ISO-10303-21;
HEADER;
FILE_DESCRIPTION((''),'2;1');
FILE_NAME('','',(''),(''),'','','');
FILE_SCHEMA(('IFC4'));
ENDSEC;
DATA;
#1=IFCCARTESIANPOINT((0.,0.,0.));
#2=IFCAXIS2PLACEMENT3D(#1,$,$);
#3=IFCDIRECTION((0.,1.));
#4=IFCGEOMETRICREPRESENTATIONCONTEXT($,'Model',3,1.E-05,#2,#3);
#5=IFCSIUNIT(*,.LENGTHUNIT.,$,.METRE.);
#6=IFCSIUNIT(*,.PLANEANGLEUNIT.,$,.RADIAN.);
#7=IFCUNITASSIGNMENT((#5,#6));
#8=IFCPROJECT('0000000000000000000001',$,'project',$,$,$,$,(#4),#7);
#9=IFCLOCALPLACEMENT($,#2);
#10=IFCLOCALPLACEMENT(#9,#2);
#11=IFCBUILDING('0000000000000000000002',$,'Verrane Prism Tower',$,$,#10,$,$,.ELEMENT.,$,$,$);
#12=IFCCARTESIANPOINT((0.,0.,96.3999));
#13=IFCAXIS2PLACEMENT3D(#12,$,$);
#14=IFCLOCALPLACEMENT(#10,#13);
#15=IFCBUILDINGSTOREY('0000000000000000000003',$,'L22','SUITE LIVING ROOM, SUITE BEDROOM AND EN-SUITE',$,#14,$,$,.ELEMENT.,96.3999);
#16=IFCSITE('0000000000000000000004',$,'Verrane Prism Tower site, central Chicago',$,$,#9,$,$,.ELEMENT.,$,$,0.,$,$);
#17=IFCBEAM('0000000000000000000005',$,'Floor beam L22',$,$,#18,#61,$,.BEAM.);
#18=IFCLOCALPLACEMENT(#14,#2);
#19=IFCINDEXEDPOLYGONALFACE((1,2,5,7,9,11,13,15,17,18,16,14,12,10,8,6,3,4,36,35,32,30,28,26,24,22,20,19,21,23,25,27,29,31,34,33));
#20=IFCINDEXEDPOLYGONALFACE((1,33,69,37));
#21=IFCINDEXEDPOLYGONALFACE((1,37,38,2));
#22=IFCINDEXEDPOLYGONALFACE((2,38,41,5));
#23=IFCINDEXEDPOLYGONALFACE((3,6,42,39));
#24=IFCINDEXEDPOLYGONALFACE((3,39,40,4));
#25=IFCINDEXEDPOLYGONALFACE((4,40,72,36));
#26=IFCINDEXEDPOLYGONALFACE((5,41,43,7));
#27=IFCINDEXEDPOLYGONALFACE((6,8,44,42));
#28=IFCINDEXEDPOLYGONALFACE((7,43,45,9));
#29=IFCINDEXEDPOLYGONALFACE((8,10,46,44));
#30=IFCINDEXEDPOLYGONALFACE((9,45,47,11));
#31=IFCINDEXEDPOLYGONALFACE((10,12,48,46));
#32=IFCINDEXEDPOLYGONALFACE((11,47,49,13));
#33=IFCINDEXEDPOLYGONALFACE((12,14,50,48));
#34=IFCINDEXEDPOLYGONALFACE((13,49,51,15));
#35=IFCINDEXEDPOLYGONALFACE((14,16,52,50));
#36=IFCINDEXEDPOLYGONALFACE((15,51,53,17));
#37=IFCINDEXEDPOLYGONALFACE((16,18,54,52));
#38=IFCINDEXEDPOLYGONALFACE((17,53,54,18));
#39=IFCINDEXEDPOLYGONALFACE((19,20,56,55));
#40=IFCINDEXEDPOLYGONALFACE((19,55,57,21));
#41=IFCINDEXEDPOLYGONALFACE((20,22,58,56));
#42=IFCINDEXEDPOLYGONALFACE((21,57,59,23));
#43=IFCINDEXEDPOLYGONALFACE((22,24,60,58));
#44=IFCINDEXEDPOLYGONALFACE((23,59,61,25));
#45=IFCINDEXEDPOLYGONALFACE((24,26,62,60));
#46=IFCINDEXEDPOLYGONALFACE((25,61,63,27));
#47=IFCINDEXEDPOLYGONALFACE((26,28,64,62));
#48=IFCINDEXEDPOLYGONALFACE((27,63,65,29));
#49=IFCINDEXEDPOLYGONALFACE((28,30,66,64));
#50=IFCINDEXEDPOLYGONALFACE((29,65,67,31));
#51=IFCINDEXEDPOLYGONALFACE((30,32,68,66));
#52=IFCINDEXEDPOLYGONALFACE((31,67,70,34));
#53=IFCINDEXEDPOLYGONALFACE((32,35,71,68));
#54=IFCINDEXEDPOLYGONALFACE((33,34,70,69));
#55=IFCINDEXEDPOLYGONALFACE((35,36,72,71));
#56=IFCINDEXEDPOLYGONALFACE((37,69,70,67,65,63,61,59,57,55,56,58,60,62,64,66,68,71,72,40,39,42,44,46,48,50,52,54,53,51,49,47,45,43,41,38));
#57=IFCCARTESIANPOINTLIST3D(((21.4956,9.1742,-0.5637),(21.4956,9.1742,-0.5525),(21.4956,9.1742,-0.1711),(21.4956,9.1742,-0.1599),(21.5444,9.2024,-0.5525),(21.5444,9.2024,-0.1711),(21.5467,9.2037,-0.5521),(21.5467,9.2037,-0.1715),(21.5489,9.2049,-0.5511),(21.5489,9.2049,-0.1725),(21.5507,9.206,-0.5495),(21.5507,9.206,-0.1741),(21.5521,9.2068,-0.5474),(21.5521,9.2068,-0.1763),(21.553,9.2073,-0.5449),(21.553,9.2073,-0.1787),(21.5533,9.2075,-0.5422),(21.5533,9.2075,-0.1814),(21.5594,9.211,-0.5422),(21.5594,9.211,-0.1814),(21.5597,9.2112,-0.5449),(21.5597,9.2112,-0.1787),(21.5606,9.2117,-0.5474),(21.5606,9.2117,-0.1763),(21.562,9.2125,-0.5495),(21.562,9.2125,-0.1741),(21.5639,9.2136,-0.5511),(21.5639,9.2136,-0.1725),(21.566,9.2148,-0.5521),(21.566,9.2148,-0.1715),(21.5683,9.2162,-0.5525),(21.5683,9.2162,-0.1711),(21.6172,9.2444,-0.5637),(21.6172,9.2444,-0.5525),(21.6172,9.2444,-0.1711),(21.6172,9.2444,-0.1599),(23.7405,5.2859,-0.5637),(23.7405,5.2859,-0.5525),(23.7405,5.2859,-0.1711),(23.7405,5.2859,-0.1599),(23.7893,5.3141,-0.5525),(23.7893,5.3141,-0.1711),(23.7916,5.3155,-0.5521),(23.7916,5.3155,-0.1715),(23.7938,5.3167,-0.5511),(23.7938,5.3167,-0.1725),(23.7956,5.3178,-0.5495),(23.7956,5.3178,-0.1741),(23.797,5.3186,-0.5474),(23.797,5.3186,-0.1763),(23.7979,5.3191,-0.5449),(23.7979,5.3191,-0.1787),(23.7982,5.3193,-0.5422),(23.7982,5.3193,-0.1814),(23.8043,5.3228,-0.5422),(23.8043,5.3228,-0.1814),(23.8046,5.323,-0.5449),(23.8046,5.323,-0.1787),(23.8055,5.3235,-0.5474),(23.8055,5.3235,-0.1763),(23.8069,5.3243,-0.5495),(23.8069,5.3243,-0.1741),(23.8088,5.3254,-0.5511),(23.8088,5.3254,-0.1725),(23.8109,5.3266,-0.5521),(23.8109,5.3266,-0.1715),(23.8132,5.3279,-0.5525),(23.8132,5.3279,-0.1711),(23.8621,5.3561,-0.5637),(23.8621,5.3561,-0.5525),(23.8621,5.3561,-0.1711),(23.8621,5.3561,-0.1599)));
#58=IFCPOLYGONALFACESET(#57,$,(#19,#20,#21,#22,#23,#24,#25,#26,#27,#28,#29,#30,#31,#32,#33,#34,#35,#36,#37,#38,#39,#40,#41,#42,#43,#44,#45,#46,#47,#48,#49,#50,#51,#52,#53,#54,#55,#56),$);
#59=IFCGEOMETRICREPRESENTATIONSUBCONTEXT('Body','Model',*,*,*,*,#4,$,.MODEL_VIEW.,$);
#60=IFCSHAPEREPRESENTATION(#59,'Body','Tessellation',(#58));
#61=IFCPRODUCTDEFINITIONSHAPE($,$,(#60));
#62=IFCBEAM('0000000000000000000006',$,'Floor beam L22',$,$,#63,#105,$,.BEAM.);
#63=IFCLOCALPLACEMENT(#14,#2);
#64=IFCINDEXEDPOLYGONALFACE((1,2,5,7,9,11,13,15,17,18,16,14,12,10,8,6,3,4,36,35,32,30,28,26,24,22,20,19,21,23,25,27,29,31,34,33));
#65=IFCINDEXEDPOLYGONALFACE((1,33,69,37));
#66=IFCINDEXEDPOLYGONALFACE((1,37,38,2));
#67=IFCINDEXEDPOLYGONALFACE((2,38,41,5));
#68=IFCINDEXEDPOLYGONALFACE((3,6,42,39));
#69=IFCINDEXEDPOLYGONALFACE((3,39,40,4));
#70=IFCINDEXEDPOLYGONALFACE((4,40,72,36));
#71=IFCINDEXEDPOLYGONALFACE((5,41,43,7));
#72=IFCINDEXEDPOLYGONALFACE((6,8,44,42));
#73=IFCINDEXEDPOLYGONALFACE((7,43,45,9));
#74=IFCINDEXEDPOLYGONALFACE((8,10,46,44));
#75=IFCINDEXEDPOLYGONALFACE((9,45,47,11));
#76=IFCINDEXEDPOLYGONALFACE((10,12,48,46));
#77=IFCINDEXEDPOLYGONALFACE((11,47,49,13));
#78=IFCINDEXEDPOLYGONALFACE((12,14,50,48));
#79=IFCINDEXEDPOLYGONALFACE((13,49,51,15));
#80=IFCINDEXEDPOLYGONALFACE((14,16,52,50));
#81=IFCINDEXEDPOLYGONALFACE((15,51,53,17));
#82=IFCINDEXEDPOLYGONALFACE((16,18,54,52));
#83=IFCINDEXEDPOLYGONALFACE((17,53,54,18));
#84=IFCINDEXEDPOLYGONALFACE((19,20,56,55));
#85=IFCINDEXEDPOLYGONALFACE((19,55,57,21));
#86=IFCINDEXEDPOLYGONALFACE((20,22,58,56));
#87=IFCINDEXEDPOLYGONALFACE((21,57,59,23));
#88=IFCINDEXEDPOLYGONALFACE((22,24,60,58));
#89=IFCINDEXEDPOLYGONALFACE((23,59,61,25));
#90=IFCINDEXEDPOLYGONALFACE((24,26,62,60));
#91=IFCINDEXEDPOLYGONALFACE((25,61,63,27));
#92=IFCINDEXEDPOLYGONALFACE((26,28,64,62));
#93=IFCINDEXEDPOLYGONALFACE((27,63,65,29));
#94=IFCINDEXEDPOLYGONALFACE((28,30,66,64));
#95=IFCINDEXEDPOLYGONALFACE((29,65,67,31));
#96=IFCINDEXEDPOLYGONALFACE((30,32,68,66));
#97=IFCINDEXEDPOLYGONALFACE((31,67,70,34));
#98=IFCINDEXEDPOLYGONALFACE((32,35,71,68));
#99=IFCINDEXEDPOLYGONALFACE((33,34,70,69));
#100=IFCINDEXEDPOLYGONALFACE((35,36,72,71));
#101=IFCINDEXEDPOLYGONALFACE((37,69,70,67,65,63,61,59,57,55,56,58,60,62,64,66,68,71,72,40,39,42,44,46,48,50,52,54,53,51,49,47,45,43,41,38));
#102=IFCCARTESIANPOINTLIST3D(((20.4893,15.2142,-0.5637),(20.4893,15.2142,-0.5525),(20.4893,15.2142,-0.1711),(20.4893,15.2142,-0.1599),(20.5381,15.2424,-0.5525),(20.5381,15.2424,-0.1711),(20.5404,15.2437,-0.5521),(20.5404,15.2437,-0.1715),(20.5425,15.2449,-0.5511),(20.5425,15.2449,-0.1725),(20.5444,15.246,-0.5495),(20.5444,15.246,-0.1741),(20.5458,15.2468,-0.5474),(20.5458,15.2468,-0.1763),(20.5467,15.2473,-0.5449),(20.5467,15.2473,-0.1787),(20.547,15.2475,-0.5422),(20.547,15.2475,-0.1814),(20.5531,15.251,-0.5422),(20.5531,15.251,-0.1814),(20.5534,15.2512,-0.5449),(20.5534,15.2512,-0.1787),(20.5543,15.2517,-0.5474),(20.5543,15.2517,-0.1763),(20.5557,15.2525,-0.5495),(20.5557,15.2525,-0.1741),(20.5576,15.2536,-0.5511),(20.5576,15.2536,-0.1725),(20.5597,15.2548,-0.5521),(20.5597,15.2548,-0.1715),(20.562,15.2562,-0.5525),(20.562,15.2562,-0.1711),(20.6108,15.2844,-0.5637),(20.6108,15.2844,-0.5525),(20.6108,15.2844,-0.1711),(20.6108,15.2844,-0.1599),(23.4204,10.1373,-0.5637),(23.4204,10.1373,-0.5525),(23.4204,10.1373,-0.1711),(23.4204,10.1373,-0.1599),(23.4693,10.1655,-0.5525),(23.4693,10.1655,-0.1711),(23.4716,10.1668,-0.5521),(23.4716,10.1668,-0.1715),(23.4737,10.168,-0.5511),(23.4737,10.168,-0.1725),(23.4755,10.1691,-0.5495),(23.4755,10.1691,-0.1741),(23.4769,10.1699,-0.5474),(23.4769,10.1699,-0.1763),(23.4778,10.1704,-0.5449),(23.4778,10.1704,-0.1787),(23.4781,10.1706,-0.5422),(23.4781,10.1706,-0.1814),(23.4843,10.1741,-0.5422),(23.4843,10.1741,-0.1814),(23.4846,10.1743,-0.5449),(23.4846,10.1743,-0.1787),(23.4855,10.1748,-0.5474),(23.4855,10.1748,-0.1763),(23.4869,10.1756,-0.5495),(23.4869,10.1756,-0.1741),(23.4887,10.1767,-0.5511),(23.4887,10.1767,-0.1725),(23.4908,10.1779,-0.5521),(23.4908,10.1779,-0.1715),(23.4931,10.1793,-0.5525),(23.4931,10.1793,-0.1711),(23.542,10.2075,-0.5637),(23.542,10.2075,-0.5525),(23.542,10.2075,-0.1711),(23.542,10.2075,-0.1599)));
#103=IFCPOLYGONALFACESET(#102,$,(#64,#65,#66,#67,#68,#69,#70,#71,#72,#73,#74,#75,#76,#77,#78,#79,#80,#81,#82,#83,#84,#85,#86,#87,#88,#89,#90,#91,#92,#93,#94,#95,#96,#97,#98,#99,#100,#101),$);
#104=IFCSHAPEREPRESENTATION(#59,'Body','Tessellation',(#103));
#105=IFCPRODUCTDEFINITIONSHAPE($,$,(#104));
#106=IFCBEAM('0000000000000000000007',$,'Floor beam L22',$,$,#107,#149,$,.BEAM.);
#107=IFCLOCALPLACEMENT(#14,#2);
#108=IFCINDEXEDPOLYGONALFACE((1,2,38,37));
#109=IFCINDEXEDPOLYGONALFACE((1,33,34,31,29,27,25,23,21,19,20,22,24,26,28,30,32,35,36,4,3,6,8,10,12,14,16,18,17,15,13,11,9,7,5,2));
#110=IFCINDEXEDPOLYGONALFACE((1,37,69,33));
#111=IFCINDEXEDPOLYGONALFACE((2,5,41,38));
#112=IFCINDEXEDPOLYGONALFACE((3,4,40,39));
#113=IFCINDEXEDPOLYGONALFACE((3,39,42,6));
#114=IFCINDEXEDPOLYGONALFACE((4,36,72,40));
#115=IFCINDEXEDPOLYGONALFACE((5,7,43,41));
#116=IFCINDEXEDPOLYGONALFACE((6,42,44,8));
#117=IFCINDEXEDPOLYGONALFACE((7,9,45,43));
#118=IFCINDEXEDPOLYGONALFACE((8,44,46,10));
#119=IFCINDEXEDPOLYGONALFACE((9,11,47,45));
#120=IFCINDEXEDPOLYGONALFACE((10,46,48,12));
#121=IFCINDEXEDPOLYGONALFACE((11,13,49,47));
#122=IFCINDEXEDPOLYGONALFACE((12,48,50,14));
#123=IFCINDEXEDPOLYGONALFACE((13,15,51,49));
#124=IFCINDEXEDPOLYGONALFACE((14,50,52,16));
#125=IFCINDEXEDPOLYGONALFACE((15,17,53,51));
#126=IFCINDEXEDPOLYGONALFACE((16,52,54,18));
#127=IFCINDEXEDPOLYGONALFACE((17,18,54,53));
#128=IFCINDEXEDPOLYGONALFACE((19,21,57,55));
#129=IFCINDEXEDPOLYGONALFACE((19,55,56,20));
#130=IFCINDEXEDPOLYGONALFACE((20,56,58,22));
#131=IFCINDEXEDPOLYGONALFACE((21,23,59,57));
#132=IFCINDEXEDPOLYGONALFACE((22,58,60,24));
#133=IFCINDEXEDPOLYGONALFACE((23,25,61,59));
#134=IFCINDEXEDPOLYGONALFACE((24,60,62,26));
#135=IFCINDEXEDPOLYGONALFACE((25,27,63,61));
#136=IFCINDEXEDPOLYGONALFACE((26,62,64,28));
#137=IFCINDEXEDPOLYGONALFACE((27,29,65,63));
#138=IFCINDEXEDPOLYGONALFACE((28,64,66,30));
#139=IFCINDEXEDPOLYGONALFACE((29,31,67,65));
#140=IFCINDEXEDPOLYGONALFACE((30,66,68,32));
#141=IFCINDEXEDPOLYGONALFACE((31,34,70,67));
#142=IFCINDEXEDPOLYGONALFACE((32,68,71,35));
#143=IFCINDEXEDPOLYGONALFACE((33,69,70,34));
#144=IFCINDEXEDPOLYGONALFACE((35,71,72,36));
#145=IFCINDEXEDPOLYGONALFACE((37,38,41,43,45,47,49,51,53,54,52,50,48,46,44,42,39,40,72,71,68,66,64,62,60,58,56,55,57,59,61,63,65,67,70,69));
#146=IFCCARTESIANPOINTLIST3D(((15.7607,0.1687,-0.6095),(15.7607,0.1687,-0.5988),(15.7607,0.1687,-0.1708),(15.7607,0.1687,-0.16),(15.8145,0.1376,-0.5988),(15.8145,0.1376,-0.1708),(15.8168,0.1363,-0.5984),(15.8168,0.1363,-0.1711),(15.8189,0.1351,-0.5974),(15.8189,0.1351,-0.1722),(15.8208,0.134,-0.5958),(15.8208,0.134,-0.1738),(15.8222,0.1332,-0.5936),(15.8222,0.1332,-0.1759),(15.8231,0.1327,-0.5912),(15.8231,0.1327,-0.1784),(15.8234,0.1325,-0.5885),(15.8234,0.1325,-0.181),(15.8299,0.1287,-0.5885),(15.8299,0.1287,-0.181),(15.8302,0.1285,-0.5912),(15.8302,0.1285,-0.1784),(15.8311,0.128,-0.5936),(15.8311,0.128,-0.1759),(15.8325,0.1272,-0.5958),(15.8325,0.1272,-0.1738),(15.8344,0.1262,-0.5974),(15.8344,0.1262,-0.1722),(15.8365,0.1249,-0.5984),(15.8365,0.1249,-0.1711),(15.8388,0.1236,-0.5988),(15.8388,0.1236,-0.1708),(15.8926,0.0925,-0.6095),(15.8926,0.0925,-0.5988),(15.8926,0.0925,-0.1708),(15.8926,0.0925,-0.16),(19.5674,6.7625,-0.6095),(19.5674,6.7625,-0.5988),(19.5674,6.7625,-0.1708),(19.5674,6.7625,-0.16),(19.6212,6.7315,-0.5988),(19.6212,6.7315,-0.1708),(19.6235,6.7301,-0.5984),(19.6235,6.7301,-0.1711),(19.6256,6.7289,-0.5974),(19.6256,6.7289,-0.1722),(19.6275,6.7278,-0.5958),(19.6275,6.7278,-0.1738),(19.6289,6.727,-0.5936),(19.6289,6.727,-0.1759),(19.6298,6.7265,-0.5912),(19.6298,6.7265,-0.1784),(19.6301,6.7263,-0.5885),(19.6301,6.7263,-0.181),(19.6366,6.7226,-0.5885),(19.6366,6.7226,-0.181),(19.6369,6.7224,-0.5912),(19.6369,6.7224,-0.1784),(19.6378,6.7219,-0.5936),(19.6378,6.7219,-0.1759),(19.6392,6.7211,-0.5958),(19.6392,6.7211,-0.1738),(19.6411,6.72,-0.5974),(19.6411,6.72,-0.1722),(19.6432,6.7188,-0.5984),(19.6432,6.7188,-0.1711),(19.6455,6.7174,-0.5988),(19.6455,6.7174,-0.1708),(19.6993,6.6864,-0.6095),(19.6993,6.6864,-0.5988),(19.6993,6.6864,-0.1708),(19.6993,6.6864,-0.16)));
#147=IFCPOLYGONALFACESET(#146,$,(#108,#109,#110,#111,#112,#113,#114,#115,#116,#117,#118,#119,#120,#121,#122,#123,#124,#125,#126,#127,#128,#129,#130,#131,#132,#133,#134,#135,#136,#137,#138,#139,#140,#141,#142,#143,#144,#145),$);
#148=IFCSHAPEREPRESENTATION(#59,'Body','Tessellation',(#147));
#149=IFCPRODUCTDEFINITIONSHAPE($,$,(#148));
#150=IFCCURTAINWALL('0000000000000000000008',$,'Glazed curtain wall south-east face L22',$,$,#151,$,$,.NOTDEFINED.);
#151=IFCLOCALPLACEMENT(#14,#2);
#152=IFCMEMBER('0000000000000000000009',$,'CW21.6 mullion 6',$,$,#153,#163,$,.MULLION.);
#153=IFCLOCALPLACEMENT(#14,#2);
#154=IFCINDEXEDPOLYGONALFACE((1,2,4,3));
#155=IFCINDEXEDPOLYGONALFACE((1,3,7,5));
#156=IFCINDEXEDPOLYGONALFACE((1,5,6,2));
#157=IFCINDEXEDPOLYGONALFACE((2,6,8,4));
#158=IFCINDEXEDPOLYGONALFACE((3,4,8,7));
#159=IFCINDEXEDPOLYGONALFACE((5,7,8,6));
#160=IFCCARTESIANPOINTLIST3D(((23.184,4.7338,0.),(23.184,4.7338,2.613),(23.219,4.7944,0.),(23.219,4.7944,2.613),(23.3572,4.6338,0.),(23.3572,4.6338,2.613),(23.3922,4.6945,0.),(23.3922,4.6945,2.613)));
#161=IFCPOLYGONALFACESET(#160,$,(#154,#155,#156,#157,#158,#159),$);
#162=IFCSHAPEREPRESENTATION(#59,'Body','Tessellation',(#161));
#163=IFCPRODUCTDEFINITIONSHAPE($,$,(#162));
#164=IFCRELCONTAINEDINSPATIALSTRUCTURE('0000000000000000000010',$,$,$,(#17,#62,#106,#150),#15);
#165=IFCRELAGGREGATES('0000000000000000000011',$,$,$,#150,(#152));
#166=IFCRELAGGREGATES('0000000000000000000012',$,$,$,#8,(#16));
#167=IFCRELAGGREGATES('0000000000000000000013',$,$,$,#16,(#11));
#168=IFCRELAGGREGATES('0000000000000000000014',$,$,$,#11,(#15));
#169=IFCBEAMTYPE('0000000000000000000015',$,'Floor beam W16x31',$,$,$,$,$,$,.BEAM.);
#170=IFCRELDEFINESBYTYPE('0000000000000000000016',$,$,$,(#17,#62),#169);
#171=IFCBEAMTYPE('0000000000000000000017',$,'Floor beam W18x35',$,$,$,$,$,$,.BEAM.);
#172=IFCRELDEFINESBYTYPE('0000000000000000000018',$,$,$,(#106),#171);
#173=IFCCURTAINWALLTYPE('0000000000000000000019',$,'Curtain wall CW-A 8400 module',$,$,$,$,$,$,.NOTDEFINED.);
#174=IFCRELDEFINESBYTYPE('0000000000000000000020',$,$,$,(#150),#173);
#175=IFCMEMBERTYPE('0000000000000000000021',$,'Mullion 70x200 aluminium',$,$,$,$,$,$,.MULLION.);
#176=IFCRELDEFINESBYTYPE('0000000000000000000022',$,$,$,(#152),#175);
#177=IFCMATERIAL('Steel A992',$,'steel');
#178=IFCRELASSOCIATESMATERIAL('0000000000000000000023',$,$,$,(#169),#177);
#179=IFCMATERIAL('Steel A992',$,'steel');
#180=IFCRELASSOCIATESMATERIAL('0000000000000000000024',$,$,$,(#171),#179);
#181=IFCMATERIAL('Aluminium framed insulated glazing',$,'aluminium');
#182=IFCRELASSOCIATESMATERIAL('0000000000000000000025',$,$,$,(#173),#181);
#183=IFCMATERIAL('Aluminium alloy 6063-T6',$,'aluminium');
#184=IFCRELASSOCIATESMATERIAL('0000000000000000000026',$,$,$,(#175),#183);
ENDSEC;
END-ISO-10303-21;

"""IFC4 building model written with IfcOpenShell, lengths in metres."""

from ifc_helpers import new_model, si_unit, direction, frame, origin, origin_2d, place, context, subcontext, project, spatial, rectangle, i_section, extrude, material, material_profile, profile_set, type_object, element, aggregate, save


model = new_model("IFC4")

# Units and contexts
model_context = context("Model", 3, precision=1e-05, world=origin(), true_north=direction((0.0, 1.0)))
body_context = subcontext(model_context, "Body", "Model", "MODEL_VIEW")
ifc_project = project(units=[si_unit("LENGTHUNIT", "METRE"), si_unit("PLANEANGLEUNIT", "RADIAN")], contexts=[model_context])

# Site, building, storey
site_placement = place(None, origin())
site = spatial("IfcSite", under=ifc_project, at=site_placement, Name="Verrane Prism Tower site, central Chicago", CompositionType="ELEMENT", RefElevation=0.0)
building_placement = place(site_placement, origin())
building = spatial("IfcBuilding", under=site, at=building_placement, Name="Verrane Prism Tower", CompositionType="ELEMENT")
storey_placement = place(building_placement, frame((0.0, 0.0, 96.3999)))
storey = spatial("IfcBuildingStorey", under=building, at=storey_placement, Name="L22", Description="SUITE LIVING ROOM, SUITE BEDROOM AND EN-SUITE", CompositionType="ELEMENT", Elevation=96.3999)

# Beams
ifc_material_1 = material(Name="Steel A992", Category="steel")
ifc_material_profile_1 = material_profile(ifc_material_1, i_section(OverallWidth=0.1404, OverallDepth=0.4038, WebThickness=0.0071, FlangeThickness=0.0112, FilletRadius=0.0103, at=origin_2d()), Name="W16x31")
ifc_profile_set_1 = profile_set([ifc_material_profile_1], Name="Steel A992")
beam_type_1 = type_object("IfcBeamType", Name="Floor beam W16x31", PredefinedType="BEAM", material=ifc_profile_set_1)
beam_1_placement = place(storey_placement, frame((23.8013, 5.321, -0.3618), z_axis=(-0.500005, 0.866023, 0.0), x_axis=(-0.866023, -0.500005, 0.0)))
element("IfcBeam", 1, at=beam_1_placement, inside=storey, type_object=beam_type_1, Name="Floor beam L22", PredefinedType="BEAM", context=body_context, shape_type="SweptSolid", body=[
    extrude(i_section(OverallWidth=0.1404, OverallDepth=0.4038, WebThickness=0.0071, FlangeThickness=0.0112, FilletRadius=0.0103, at=origin_2d()), origin(), (0.0, 0.0, 1.0), 4.4897),
])
beam_2_placement = place(storey_placement, frame((23.4812, 10.1724, -0.3618), z_axis=(-0.5, 0.866025, 0.0), x_axis=(-0.866025, -0.5, 0.0)))
element("IfcBeam", 2, at=beam_2_placement, inside=storey, type_object=beam_type_1, Name="Floor beam L22", PredefinedType="BEAM", context=body_context, shape_type="SweptSolid", body=[
    extrude(i_section(OverallWidth=0.1404, OverallDepth=0.4038, WebThickness=0.0071, FlangeThickness=0.0112, FilletRadius=0.0103, at=origin_2d()), origin(), (0.0, 0.0, 1.0), 5.8623),
])
ifc_material_2 = material(Name="Steel A992", Category="steel")
ifc_material_profile_2 = material_profile(ifc_material_2, i_section(OverallWidth=0.1523, OverallDepth=0.4495, WebThickness=0.0076, FlangeThickness=0.0107, FilletRadius=0.0103, at=origin_2d()), Name="W18x35")
ifc_profile_set_2 = profile_set([ifc_material_profile_2], Name="Steel A992")
beam_type_2 = type_object("IfcBeamType", Name="Floor beam W18x35", PredefinedType="BEAM", material=ifc_profile_set_2)
beam_3_placement = place(storey_placement, frame((15.8267, 0.1306, -0.3848), z_axis=(0.499974, 0.86604, 0.0), x_axis=(-0.86604, 0.499974, 0.0)))
element("IfcBeam", 3, at=beam_3_placement, inside=storey, type_object=beam_type_2, Name="Floor beam L22", PredefinedType="BEAM", context=body_context, shape_type="SweptSolid", body=[
    extrude(i_section(OverallWidth=0.1523, OverallDepth=0.4495, WebThickness=0.0076, FlangeThickness=0.0107, FilletRadius=0.0103, at=origin_2d()), origin(), (0.0, 0.0, 1.0), 7.6138),
])

# Curtain wall, member
ifc_material_3 = material(Name="Aluminium framed insulated glazing", Category="aluminium")
curtain_wall_type = type_object("IfcCurtainWallType", Name="Curtain wall CW-A 8400 module", PredefinedType="NOTDEFINED", material=ifc_material_3)
curtain_wall_placement = place(storey_placement, origin())
curtain_wall = element("IfcCurtainWall", 4, at=curtain_wall_placement, inside=storey, type_object=curtain_wall_type, Name="Glazed curtain wall south-east face L22", PredefinedType="NOTDEFINED")
ifc_material_4 = material(Name="Aluminium alloy 6063-T6", Category="aluminium")
ifc_material_profile_3 = material_profile(ifc_material_4, rectangle(XDim=0.2, YDim=0.0701, at=origin_2d()), Name="Mullion 70x200 aluminium")
ifc_profile_set_3 = profile_set([ifc_material_profile_3], Name="Aluminium alloy 6063-T6")
member_type_1 = type_object("IfcMemberType", Name="Mullion 70x200 aluminium", PredefinedType="MULLION", material=ifc_profile_set_3)
member_1_placement = place(storey_placement, frame((23.2881, 4.7141, 0.0), z_axis=(0.0, 0.0, 1.0), x_axis=(-0.866026, 0.5, 0.0)))
member_1 = element("IfcMember", 5, at=member_1_placement, type_object=member_type_1, Name="CW21.6 mullion 6", PredefinedType="MULLION", context=body_context, shape_type="SweptSolid", body=[
    extrude(rectangle(XDim=0.2, YDim=0.0701, at=origin_2d()), origin(), (0.0, 0.0, 1.0), 2.613),
])

aggregate(curtain_wall, [member_1])

save(model, "model.ifc")
